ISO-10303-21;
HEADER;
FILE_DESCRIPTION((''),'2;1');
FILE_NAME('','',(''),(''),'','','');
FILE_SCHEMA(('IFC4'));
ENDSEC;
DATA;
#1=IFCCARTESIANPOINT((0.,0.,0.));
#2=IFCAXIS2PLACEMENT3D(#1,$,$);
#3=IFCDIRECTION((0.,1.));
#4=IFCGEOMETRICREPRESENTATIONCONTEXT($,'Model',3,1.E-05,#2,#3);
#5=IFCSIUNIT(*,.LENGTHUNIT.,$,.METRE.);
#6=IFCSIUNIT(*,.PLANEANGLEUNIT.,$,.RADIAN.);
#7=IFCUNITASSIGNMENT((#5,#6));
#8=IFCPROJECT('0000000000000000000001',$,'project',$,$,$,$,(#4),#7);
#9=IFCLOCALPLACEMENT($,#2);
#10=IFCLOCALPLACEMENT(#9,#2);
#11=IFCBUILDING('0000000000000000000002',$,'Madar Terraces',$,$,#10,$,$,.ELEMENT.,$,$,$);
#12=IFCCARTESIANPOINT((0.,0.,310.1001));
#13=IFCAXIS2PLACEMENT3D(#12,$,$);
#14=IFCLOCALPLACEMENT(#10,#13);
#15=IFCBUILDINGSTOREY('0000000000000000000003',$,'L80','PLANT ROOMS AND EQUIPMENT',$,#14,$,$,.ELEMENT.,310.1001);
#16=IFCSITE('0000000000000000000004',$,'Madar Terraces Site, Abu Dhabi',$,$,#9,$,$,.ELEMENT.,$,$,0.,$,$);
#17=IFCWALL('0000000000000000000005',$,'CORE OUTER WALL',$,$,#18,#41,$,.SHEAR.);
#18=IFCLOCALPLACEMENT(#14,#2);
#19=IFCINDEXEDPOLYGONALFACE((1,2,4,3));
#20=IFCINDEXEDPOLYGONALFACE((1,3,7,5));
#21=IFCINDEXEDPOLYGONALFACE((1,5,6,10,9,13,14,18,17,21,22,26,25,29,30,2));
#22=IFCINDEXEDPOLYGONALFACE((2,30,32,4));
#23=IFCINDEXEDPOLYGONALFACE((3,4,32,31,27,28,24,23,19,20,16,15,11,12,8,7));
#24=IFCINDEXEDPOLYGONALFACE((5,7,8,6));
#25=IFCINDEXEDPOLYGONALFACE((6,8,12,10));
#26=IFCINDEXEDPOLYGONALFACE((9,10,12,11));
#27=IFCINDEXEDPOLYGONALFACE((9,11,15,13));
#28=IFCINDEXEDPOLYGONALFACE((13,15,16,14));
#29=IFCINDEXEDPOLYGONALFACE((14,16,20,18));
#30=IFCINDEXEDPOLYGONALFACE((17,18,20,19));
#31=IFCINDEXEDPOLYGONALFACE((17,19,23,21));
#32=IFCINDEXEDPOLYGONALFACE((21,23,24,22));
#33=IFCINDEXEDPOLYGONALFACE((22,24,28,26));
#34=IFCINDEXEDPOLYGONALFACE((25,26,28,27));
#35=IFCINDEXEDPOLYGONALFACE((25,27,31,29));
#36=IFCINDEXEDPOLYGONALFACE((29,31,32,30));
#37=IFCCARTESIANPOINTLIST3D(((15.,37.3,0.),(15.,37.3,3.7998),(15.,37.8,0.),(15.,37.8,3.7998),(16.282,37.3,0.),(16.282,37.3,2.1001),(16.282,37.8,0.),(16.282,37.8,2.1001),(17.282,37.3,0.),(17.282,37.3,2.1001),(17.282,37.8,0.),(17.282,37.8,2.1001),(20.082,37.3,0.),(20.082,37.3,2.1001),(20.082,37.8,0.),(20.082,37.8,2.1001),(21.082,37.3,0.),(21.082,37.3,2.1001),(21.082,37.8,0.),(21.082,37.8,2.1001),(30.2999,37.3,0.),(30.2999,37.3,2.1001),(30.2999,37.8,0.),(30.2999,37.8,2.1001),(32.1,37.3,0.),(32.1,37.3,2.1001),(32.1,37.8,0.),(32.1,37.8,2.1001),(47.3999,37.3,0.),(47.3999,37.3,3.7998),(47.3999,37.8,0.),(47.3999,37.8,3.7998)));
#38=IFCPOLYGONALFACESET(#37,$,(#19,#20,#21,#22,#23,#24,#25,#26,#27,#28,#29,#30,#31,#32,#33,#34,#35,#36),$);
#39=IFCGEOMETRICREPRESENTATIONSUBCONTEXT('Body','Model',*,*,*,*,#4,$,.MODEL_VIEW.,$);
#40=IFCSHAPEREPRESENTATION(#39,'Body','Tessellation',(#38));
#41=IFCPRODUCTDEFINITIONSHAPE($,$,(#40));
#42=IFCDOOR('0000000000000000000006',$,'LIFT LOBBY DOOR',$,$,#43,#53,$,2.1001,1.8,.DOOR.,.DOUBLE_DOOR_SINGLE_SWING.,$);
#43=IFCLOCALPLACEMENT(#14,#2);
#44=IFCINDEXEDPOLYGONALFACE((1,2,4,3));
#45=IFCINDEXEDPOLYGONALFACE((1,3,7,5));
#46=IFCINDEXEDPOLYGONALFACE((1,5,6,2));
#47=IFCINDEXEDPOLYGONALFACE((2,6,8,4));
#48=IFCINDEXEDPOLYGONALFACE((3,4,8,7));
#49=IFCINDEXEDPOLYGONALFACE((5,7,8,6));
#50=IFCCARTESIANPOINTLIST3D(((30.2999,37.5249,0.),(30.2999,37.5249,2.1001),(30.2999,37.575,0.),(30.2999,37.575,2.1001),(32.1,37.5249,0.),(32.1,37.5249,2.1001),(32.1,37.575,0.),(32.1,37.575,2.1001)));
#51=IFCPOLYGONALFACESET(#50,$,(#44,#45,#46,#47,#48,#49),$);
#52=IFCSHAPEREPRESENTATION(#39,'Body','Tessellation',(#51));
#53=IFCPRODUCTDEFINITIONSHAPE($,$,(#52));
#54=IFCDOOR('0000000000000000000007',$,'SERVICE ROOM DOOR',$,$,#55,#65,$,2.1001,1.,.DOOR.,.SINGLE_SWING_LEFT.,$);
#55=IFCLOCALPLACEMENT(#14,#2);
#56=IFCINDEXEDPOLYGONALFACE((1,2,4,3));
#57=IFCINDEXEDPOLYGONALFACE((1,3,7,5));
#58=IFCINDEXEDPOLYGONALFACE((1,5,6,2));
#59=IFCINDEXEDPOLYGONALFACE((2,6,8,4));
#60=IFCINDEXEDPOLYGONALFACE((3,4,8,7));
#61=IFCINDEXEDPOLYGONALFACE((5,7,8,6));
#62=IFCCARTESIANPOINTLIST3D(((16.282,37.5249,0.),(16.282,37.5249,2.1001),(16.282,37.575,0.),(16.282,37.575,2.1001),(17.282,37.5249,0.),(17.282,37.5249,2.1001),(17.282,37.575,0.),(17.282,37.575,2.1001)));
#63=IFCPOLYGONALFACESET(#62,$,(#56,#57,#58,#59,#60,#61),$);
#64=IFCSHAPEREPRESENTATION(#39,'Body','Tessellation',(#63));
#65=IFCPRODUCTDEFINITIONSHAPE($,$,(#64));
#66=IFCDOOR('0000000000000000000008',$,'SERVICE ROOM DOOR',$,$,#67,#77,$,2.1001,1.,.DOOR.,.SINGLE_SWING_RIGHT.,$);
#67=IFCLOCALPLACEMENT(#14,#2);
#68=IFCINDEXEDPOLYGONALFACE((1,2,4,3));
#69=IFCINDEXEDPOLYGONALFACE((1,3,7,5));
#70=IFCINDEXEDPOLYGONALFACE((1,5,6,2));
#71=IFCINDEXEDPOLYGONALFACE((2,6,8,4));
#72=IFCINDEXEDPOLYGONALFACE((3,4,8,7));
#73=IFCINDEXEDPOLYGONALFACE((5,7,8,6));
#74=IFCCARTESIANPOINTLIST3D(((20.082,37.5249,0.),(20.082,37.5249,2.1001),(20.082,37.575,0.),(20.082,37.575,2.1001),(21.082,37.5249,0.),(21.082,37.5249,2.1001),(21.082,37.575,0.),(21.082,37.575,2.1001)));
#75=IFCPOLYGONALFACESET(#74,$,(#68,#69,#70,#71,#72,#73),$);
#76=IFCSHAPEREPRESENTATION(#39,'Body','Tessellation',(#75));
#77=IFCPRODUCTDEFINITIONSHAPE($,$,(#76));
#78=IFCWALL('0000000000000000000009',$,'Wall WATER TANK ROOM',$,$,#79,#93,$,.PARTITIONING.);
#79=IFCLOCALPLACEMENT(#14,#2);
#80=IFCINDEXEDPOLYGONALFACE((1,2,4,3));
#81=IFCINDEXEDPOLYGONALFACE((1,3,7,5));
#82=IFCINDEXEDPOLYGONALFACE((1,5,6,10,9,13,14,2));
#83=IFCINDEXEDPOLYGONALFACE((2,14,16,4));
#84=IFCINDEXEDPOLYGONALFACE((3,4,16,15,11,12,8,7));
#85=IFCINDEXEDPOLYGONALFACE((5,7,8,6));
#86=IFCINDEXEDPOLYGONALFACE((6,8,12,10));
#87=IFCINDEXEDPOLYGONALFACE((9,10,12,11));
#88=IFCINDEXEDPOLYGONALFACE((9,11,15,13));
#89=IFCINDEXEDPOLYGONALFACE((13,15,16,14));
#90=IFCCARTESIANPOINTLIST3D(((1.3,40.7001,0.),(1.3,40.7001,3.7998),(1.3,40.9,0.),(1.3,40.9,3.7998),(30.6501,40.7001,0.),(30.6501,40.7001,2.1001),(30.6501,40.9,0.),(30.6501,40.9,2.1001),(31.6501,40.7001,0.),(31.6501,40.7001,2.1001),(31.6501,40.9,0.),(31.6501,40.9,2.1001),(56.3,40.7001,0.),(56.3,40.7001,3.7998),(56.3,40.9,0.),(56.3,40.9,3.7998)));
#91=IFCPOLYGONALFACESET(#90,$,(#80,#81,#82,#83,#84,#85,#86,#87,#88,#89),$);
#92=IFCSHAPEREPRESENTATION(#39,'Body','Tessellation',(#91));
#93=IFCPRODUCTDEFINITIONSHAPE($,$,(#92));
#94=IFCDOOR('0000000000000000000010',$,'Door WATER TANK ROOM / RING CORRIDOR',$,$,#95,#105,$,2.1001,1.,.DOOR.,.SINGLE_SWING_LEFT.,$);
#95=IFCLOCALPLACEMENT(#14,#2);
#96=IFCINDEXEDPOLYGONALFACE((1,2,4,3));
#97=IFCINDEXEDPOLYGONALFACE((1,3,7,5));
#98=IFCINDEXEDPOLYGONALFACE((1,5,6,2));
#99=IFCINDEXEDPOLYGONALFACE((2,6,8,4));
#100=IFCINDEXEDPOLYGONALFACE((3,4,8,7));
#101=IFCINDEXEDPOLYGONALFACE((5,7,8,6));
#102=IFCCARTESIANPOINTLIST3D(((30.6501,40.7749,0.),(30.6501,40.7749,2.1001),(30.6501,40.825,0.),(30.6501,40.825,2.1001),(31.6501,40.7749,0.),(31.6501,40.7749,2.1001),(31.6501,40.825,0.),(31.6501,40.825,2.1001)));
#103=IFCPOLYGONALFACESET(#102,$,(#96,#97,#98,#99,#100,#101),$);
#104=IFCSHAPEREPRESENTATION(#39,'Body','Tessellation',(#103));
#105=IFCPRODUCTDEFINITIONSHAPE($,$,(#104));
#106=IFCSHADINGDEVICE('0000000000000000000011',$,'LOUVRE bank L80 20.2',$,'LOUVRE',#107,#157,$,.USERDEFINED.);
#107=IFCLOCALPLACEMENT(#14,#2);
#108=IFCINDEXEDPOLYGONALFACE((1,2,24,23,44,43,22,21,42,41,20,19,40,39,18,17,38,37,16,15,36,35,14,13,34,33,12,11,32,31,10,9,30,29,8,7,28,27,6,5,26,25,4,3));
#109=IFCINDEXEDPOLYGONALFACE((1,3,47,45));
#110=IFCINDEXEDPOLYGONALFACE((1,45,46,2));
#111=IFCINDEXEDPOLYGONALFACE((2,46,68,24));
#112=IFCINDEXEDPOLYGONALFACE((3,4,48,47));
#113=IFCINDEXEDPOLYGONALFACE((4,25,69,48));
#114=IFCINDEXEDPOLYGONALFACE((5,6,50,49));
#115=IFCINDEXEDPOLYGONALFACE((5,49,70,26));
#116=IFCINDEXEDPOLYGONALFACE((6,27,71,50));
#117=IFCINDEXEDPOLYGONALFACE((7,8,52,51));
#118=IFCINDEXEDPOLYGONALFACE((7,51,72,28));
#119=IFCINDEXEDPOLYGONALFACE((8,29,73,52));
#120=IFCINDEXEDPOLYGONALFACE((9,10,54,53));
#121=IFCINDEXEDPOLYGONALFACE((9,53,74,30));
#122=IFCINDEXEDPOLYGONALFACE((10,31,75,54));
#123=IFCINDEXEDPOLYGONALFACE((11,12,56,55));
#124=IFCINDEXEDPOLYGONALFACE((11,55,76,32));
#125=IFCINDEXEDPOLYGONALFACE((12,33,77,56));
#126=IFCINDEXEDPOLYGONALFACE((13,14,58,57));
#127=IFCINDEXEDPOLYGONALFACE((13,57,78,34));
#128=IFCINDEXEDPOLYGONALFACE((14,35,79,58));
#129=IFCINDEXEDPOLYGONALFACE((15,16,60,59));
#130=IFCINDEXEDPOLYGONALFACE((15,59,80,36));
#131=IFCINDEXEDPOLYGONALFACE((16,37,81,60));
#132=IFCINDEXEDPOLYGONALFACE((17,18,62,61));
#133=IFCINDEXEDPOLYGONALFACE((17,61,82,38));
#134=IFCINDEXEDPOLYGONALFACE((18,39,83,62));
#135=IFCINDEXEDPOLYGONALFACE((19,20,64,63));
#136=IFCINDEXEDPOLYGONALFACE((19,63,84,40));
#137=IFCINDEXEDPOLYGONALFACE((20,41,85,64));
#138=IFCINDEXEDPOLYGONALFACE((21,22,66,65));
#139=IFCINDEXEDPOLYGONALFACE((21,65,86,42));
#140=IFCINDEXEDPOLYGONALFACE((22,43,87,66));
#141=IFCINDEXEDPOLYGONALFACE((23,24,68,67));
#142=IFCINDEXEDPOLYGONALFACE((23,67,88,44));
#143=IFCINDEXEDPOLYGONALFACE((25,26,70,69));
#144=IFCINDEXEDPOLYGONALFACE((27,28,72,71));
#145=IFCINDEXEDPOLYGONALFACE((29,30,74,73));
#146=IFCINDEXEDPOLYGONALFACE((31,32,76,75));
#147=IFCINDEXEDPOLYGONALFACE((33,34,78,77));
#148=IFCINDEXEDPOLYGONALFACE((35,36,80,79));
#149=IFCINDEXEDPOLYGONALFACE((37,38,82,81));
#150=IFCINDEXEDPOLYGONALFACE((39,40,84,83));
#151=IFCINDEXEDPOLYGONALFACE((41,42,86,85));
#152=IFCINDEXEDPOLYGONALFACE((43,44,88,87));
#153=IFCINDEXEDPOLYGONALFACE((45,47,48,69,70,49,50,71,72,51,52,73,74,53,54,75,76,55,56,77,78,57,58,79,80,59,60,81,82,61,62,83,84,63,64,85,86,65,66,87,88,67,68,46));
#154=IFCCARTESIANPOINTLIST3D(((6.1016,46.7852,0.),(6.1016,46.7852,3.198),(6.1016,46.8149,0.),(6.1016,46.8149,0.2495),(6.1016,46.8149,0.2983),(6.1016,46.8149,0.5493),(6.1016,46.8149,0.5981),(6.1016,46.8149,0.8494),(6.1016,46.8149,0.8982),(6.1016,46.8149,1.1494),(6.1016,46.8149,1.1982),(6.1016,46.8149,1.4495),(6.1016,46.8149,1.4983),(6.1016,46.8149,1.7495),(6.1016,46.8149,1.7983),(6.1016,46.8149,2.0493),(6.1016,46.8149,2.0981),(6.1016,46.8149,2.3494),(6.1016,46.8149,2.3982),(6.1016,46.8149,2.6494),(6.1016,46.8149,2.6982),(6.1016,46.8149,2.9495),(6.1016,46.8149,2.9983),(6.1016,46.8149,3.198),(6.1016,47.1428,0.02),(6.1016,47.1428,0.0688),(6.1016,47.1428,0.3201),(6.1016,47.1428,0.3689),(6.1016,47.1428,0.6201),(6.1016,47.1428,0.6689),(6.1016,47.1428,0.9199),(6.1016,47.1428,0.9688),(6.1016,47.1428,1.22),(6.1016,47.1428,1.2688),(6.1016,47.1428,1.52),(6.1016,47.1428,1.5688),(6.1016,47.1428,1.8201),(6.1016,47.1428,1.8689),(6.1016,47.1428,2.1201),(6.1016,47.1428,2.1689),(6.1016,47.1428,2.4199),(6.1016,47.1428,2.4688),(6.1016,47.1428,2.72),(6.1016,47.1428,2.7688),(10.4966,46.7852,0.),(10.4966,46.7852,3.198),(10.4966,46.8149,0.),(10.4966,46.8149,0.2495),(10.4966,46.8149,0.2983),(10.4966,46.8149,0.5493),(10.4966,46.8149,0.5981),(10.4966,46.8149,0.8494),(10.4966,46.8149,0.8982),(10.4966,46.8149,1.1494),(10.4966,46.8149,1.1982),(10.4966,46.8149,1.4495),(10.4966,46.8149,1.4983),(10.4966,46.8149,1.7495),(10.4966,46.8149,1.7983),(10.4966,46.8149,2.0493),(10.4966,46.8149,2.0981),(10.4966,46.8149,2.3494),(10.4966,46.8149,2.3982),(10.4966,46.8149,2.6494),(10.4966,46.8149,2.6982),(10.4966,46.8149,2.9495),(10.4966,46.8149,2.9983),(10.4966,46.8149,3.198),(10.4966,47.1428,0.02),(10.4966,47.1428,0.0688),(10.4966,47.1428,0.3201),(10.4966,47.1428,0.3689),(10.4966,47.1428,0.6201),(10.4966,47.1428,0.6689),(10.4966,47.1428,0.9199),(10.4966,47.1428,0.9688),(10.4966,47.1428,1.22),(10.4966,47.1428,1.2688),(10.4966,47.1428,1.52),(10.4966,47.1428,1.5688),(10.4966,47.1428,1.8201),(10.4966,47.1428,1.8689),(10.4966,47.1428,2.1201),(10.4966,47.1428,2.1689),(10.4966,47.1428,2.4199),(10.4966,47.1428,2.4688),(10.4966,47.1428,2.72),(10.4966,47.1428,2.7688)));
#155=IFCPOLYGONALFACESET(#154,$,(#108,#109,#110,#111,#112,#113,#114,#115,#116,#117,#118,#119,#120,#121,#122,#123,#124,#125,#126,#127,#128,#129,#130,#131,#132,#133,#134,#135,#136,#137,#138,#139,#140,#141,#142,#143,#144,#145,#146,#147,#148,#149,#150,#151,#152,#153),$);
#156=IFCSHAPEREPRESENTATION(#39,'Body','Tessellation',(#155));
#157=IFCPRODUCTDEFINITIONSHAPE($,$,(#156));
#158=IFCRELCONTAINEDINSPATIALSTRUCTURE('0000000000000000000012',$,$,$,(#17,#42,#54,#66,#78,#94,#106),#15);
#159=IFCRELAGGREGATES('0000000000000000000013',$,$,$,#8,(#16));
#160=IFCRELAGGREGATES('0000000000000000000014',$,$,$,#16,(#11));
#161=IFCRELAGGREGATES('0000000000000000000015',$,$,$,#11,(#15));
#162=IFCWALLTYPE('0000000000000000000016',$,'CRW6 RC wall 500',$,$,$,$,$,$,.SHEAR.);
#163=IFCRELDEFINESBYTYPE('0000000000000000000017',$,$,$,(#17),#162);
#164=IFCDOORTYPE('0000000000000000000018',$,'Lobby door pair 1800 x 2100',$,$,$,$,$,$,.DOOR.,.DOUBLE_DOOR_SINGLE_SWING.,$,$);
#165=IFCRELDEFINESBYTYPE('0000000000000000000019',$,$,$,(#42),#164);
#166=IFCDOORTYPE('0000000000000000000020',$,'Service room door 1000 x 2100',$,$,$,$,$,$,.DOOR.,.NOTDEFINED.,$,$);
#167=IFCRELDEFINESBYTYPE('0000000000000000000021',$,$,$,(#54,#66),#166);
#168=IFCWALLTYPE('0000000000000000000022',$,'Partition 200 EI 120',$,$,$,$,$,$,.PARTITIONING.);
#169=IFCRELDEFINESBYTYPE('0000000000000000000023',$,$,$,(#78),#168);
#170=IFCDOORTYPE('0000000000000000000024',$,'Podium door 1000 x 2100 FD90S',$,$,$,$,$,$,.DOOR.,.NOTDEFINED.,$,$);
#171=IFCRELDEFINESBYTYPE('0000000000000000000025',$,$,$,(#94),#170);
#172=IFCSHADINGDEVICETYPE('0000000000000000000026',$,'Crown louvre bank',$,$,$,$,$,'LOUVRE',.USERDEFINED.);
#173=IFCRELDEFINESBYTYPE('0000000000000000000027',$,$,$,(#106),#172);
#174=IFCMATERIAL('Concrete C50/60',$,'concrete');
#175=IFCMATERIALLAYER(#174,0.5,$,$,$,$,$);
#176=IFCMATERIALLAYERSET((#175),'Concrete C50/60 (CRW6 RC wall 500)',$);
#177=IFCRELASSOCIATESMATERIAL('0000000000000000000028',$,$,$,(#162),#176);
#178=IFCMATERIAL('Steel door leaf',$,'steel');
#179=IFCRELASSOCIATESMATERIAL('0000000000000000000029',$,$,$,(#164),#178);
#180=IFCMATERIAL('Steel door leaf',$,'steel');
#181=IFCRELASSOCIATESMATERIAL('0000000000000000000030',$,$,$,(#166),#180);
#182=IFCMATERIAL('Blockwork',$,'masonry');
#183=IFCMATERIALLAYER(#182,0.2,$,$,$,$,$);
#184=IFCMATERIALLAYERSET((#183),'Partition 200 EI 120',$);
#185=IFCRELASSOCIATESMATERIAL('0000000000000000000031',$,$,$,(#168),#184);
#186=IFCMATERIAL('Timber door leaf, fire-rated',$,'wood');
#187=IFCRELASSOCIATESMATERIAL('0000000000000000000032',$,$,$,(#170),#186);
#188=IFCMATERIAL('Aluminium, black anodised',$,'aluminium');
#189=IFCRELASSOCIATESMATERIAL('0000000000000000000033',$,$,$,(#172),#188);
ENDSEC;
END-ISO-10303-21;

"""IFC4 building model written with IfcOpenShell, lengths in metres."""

from ifc_helpers import new_model, si_unit, direction, frame, frame_2d, origin, place, context, subcontext, project, spatial, polyline, rectangle, outline, extrude, material, layer, layer_set, type_object, element, fill, save


model = new_model("IFC4")

# Units and contexts
model_context = context("Model", 3, precision=1e-05, world=origin(), true_north=direction((0.0, 1.0)))
body_context = subcontext(model_context, "Body", "Model", "MODEL_VIEW")
ifc_project = project(units=[si_unit("LENGTHUNIT", "METRE"), si_unit("PLANEANGLEUNIT", "RADIAN")], contexts=[model_context])

# Site, building, storey
site_placement = place(None, origin())
site = spatial("IfcSite", under=ifc_project, at=site_placement, Name="Madar Terraces Site, Abu Dhabi", CompositionType="ELEMENT", RefElevation=0.0)
building_placement = place(site_placement, origin())
building = spatial("IfcBuilding", under=site, at=building_placement, Name="Madar Terraces", CompositionType="ELEMENT")
storey_placement = place(building_placement, frame((0.0, 0.0, 310.1001)))
storey = spatial("IfcBuildingStorey", under=building, at=storey_placement, Name="L80", Description="PLANT ROOMS AND EQUIPMENT", CompositionType="ELEMENT", Elevation=310.1001)

# Wall, openings, doors
ifc_material_1 = material(Name="Concrete C50/60", Category="concrete")
ifc_layer_1 = layer(ifc_material_1, 0.5)
ifc_layer_set_1 = layer_set([ifc_layer_1], Name="Concrete C50/60 (CRW6 RC wall 500)")
wall_type_1 = type_object("IfcWallType", Name="CRW6 RC wall 500", PredefinedType="SHEAR", material=ifc_layer_set_1)
wall_1_placement = place(storey_placement, frame((15.0, 37.55, 0.0), z_axis=(0.0, 0.0, 1.0), x_axis=(1.0, 0.0, 0.0)))
wall_1 = element("IfcWall", 1, at=wall_1_placement, inside=storey, type_object=wall_type_1, Name="CORE OUTER WALL", PredefinedType="SHEAR", context=body_context, shape_type="SweptSolid", body=[
    extrude(rectangle(XDim=32.3999, YDim=0.5, at=frame_2d((16.2, 0.0))), origin(), (0.0, 0.0, 1.0), 3.7998),
])
opening_1_placement = place(wall_1_placement, frame((15.3, 0.0, 0.0)))
opening_1 = element("IfcOpeningElement", 2, at=opening_1_placement, cuts=wall_1, PredefinedType="OPENING", context=body_context, shape_type="SweptSolid", body=[
    extrude(rectangle(XDim=1.8, YDim=2.1001, at=frame_2d((0.8999, 1.05))), frame((0.0, 0.26, 0.0), z_axis=(0.0, -1.0, 0.0), x_axis=(1.0, 0.0, 0.0)), (0.0, 0.0, 1.0), 0.52),
])
opening_2_placement = place(wall_1_placement, frame((1.282, 0.0, 0.0)))
opening_2 = element("IfcOpeningElement", 3, at=opening_2_placement, cuts=wall_1, PredefinedType="OPENING", context=body_context, shape_type="SweptSolid", body=[
    extrude(rectangle(XDim=1.0, YDim=2.1001, at=frame_2d((0.5, 1.05))), frame((0.0, 0.26, 0.0), z_axis=(0.0, -1.0, 0.0), x_axis=(1.0, 0.0, 0.0)), (0.0, 0.0, 1.0), 0.52),
])
opening_3_placement = place(wall_1_placement, frame((5.082, 0.0, 0.0)))
opening_3 = element("IfcOpeningElement", 4, at=opening_3_placement, cuts=wall_1, PredefinedType="OPENING", context=body_context, shape_type="SweptSolid", body=[
    extrude(rectangle(XDim=1.0, YDim=2.1001, at=frame_2d((0.5, 1.05))), frame((0.0, 0.26, 0.0), z_axis=(0.0, -1.0, 0.0), x_axis=(1.0, 0.0, 0.0)), (0.0, 0.0, 1.0), 0.52),
])
ifc_material_2 = material(Name="Steel door leaf", Category="steel")
door_type_1 = type_object("IfcDoorType", Name="Lobby door pair 1800 x 2100", OperationType="DOUBLE_DOOR_SINGLE_SWING", PredefinedType="DOOR", material=ifc_material_2)
door_1_placement = place(opening_1_placement, origin())
door_1 = element("IfcDoor", 5, at=door_1_placement, inside=storey, type_object=door_type_1, Name="LIFT LOBBY DOOR", OperationType="DOUBLE_DOOR_SINGLE_SWING", OverallHeight=2.1001, OverallWidth=1.8, PredefinedType="DOOR", context=body_context, shape_type="SweptSolid", body=[
    extrude(rectangle(XDim=1.8, YDim=2.1001, at=frame_2d((0.8999, 1.05))), frame((0.0, 0.0249, 0.0), z_axis=(0.0, -1.0, 0.0), x_axis=(1.0, 0.0, 0.0)), (0.0, 0.0, 1.0), 0.05),
])
fill(opening_1, door_1)
ifc_material_3 = material(Name="Steel door leaf", Category="steel")
door_type_2 = type_object("IfcDoorType", Name="Service room door 1000 x 2100", OperationType="NOTDEFINED", PredefinedType="DOOR", material=ifc_material_3)
door_2_placement = place(opening_2_placement, origin())
door_2 = element("IfcDoor", 6, at=door_2_placement, inside=storey, type_object=door_type_2, Name="SERVICE ROOM DOOR", OperationType="SINGLE_SWING_LEFT", OverallHeight=2.1001, OverallWidth=1.0, PredefinedType="DOOR", context=body_context, shape_type="SweptSolid", body=[
    extrude(rectangle(XDim=1.0, YDim=2.1001, at=frame_2d((0.5, 1.05))), frame((0.0, 0.0249, 0.0), z_axis=(0.0, -1.0, 0.0), x_axis=(1.0, 0.0, 0.0)), (0.0, 0.0, 1.0), 0.05),
])
fill(opening_2, door_2)
door_3_placement = place(opening_3_placement, origin())
door_3 = element("IfcDoor", 7, at=door_3_placement, inside=storey, type_object=door_type_2, Name="SERVICE ROOM DOOR", OperationType="SINGLE_SWING_RIGHT", OverallHeight=2.1001, OverallWidth=1.0, PredefinedType="DOOR", context=body_context, shape_type="SweptSolid", body=[
    extrude(rectangle(XDim=1.0, YDim=2.1001, at=frame_2d((0.5, 1.05))), frame((0.0, 0.0249, 0.0), z_axis=(0.0, -1.0, 0.0), x_axis=(1.0, 0.0, 0.0)), (0.0, 0.0, 1.0), 0.05),
])
fill(opening_3, door_3)

# Wall, opening, door
ifc_material_4 = material(Name="Blockwork", Category="masonry")
ifc_layer_2 = layer(ifc_material_4, 0.2)
ifc_layer_set_2 = layer_set([ifc_layer_2], Name="Partition 200 EI 120")
wall_type_2 = type_object("IfcWallType", Name="Partition 200 EI 120", PredefinedType="PARTITIONING", material=ifc_layer_set_2)
wall_2_placement = place(storey_placement, frame((1.3, 40.8, 0.0), z_axis=(0.0, 0.0, 1.0), x_axis=(1.0, 0.0, 0.0)))
wall_2 = element("IfcWall", 8, at=wall_2_placement, inside=storey, type_object=wall_type_2, Name="Wall WATER TANK ROOM", PredefinedType="PARTITIONING", context=body_context, shape_type="SweptSolid", body=[
    extrude(rectangle(XDim=55.0, YDim=0.2, at=frame_2d((27.5, 0.0))), origin(), (0.0, 0.0, 1.0), 3.7998),
])
opening_4_placement = place(wall_2_placement, frame((29.3501, 0.0, 0.0)))
opening_4 = element("IfcOpeningElement", 9, at=opening_4_placement, cuts=wall_2, PredefinedType="OPENING", context=body_context, shape_type="SweptSolid", body=[
    extrude(rectangle(XDim=1.0, YDim=2.1001, at=frame_2d((0.5, 1.05))), frame((0.0, 0.1099, 0.0), z_axis=(0.0, -1.0, 0.0), x_axis=(1.0, 0.0, 0.0)), (0.0, 0.0, 1.0), 0.22),
])
ifc_material_5 = material(Name="Timber door leaf, fire-rated", Category="wood")
door_type_3 = type_object("IfcDoorType", Name="Podium door 1000 x 2100 FD90S", OperationType="NOTDEFINED", PredefinedType="DOOR", material=ifc_material_5)
door_4_placement = place(opening_4_placement, origin())
door_4 = element("IfcDoor", 10, at=door_4_placement, inside=storey, type_object=door_type_3, Name="Door WATER TANK ROOM / RING CORRIDOR", OperationType="SINGLE_SWING_LEFT", OverallHeight=2.1001, OverallWidth=1.0, PredefinedType="DOOR", context=body_context, shape_type="SweptSolid", body=[
    extrude(rectangle(XDim=1.0, YDim=2.1001, at=frame_2d((0.5, 1.05))), frame((0.0, 0.0249, 0.0), z_axis=(0.0, -1.0, 0.0), x_axis=(1.0, 0.0, 0.0)), (0.0, 0.0, 1.0), 0.05),
])
fill(opening_4, door_4)

# Shading device
ifc_material_6 = material(Name="Aluminium, black anodised", Category="aluminium")
shading_device_type = type_object("IfcShadingDeviceType", Name="Crown louvre bank", ElementType="LOUVRE", PredefinedType="USERDEFINED", material=ifc_material_6)
shading_device_1_placement = place(storey_placement, frame((10.4966, 46.8, 0.0), z_axis=(-1.0, 0.0, 0.0), x_axis=(0.0, -1.0, 0.0)))
element("IfcShadingDevice", 11, at=shading_device_1_placement, inside=storey, type_object=shading_device_type, Name="LOUVRE bank L80 20.2", ObjectType="LOUVRE", PredefinedType="USERDEFINED", context=body_context, shape_type="SweptSolid", body=[
    extrude(outline(polyline([(0.0149, 0.0), (-0.0149, 0.0), (-0.0149, 0.2495), (-0.3428, 0.02), (-0.3428, 0.0688), (-0.0149, 0.2983), (-0.0149, 0.5493), (-0.3428, 0.3201), (-0.3428, 0.3689), (-0.0149, 0.5981), (-0.0149, 0.8494), (-0.3428, 0.6201), (-0.3428, 0.6689), (-0.0149, 0.8982), (-0.0149, 1.1494), (-0.3428, 0.9199), (-0.3428, 0.9688), (-0.0149, 1.1982), (-0.0149, 1.4495), (-0.3428, 1.22), (-0.3428, 1.2688), (-0.0149, 1.4983), (-0.0149, 1.7495), (-0.3428, 1.52), (-0.3428, 1.5688), (-0.0149, 1.7983), (-0.0149, 2.0493), (-0.3428, 1.8201), (-0.3428, 1.8689), (-0.0149, 2.0981), (-0.0149, 2.3494), (-0.3428, 2.1201), (-0.3428, 2.1689), (-0.0149, 2.3982), (-0.0149, 2.6494), (-0.3428, 2.4199), (-0.3428, 2.4688), (-0.0149, 2.6982), (-0.0149, 2.9495), (-0.3428, 2.72), (-0.3428, 2.7688), (-0.0149, 2.9983), (-0.0149, 3.198), (0.0149, 3.198), (0.0149, 0.0)])), origin(), (0.0, 0.0, 1.0), 4.395),
])

save(model, "model.ifc")
